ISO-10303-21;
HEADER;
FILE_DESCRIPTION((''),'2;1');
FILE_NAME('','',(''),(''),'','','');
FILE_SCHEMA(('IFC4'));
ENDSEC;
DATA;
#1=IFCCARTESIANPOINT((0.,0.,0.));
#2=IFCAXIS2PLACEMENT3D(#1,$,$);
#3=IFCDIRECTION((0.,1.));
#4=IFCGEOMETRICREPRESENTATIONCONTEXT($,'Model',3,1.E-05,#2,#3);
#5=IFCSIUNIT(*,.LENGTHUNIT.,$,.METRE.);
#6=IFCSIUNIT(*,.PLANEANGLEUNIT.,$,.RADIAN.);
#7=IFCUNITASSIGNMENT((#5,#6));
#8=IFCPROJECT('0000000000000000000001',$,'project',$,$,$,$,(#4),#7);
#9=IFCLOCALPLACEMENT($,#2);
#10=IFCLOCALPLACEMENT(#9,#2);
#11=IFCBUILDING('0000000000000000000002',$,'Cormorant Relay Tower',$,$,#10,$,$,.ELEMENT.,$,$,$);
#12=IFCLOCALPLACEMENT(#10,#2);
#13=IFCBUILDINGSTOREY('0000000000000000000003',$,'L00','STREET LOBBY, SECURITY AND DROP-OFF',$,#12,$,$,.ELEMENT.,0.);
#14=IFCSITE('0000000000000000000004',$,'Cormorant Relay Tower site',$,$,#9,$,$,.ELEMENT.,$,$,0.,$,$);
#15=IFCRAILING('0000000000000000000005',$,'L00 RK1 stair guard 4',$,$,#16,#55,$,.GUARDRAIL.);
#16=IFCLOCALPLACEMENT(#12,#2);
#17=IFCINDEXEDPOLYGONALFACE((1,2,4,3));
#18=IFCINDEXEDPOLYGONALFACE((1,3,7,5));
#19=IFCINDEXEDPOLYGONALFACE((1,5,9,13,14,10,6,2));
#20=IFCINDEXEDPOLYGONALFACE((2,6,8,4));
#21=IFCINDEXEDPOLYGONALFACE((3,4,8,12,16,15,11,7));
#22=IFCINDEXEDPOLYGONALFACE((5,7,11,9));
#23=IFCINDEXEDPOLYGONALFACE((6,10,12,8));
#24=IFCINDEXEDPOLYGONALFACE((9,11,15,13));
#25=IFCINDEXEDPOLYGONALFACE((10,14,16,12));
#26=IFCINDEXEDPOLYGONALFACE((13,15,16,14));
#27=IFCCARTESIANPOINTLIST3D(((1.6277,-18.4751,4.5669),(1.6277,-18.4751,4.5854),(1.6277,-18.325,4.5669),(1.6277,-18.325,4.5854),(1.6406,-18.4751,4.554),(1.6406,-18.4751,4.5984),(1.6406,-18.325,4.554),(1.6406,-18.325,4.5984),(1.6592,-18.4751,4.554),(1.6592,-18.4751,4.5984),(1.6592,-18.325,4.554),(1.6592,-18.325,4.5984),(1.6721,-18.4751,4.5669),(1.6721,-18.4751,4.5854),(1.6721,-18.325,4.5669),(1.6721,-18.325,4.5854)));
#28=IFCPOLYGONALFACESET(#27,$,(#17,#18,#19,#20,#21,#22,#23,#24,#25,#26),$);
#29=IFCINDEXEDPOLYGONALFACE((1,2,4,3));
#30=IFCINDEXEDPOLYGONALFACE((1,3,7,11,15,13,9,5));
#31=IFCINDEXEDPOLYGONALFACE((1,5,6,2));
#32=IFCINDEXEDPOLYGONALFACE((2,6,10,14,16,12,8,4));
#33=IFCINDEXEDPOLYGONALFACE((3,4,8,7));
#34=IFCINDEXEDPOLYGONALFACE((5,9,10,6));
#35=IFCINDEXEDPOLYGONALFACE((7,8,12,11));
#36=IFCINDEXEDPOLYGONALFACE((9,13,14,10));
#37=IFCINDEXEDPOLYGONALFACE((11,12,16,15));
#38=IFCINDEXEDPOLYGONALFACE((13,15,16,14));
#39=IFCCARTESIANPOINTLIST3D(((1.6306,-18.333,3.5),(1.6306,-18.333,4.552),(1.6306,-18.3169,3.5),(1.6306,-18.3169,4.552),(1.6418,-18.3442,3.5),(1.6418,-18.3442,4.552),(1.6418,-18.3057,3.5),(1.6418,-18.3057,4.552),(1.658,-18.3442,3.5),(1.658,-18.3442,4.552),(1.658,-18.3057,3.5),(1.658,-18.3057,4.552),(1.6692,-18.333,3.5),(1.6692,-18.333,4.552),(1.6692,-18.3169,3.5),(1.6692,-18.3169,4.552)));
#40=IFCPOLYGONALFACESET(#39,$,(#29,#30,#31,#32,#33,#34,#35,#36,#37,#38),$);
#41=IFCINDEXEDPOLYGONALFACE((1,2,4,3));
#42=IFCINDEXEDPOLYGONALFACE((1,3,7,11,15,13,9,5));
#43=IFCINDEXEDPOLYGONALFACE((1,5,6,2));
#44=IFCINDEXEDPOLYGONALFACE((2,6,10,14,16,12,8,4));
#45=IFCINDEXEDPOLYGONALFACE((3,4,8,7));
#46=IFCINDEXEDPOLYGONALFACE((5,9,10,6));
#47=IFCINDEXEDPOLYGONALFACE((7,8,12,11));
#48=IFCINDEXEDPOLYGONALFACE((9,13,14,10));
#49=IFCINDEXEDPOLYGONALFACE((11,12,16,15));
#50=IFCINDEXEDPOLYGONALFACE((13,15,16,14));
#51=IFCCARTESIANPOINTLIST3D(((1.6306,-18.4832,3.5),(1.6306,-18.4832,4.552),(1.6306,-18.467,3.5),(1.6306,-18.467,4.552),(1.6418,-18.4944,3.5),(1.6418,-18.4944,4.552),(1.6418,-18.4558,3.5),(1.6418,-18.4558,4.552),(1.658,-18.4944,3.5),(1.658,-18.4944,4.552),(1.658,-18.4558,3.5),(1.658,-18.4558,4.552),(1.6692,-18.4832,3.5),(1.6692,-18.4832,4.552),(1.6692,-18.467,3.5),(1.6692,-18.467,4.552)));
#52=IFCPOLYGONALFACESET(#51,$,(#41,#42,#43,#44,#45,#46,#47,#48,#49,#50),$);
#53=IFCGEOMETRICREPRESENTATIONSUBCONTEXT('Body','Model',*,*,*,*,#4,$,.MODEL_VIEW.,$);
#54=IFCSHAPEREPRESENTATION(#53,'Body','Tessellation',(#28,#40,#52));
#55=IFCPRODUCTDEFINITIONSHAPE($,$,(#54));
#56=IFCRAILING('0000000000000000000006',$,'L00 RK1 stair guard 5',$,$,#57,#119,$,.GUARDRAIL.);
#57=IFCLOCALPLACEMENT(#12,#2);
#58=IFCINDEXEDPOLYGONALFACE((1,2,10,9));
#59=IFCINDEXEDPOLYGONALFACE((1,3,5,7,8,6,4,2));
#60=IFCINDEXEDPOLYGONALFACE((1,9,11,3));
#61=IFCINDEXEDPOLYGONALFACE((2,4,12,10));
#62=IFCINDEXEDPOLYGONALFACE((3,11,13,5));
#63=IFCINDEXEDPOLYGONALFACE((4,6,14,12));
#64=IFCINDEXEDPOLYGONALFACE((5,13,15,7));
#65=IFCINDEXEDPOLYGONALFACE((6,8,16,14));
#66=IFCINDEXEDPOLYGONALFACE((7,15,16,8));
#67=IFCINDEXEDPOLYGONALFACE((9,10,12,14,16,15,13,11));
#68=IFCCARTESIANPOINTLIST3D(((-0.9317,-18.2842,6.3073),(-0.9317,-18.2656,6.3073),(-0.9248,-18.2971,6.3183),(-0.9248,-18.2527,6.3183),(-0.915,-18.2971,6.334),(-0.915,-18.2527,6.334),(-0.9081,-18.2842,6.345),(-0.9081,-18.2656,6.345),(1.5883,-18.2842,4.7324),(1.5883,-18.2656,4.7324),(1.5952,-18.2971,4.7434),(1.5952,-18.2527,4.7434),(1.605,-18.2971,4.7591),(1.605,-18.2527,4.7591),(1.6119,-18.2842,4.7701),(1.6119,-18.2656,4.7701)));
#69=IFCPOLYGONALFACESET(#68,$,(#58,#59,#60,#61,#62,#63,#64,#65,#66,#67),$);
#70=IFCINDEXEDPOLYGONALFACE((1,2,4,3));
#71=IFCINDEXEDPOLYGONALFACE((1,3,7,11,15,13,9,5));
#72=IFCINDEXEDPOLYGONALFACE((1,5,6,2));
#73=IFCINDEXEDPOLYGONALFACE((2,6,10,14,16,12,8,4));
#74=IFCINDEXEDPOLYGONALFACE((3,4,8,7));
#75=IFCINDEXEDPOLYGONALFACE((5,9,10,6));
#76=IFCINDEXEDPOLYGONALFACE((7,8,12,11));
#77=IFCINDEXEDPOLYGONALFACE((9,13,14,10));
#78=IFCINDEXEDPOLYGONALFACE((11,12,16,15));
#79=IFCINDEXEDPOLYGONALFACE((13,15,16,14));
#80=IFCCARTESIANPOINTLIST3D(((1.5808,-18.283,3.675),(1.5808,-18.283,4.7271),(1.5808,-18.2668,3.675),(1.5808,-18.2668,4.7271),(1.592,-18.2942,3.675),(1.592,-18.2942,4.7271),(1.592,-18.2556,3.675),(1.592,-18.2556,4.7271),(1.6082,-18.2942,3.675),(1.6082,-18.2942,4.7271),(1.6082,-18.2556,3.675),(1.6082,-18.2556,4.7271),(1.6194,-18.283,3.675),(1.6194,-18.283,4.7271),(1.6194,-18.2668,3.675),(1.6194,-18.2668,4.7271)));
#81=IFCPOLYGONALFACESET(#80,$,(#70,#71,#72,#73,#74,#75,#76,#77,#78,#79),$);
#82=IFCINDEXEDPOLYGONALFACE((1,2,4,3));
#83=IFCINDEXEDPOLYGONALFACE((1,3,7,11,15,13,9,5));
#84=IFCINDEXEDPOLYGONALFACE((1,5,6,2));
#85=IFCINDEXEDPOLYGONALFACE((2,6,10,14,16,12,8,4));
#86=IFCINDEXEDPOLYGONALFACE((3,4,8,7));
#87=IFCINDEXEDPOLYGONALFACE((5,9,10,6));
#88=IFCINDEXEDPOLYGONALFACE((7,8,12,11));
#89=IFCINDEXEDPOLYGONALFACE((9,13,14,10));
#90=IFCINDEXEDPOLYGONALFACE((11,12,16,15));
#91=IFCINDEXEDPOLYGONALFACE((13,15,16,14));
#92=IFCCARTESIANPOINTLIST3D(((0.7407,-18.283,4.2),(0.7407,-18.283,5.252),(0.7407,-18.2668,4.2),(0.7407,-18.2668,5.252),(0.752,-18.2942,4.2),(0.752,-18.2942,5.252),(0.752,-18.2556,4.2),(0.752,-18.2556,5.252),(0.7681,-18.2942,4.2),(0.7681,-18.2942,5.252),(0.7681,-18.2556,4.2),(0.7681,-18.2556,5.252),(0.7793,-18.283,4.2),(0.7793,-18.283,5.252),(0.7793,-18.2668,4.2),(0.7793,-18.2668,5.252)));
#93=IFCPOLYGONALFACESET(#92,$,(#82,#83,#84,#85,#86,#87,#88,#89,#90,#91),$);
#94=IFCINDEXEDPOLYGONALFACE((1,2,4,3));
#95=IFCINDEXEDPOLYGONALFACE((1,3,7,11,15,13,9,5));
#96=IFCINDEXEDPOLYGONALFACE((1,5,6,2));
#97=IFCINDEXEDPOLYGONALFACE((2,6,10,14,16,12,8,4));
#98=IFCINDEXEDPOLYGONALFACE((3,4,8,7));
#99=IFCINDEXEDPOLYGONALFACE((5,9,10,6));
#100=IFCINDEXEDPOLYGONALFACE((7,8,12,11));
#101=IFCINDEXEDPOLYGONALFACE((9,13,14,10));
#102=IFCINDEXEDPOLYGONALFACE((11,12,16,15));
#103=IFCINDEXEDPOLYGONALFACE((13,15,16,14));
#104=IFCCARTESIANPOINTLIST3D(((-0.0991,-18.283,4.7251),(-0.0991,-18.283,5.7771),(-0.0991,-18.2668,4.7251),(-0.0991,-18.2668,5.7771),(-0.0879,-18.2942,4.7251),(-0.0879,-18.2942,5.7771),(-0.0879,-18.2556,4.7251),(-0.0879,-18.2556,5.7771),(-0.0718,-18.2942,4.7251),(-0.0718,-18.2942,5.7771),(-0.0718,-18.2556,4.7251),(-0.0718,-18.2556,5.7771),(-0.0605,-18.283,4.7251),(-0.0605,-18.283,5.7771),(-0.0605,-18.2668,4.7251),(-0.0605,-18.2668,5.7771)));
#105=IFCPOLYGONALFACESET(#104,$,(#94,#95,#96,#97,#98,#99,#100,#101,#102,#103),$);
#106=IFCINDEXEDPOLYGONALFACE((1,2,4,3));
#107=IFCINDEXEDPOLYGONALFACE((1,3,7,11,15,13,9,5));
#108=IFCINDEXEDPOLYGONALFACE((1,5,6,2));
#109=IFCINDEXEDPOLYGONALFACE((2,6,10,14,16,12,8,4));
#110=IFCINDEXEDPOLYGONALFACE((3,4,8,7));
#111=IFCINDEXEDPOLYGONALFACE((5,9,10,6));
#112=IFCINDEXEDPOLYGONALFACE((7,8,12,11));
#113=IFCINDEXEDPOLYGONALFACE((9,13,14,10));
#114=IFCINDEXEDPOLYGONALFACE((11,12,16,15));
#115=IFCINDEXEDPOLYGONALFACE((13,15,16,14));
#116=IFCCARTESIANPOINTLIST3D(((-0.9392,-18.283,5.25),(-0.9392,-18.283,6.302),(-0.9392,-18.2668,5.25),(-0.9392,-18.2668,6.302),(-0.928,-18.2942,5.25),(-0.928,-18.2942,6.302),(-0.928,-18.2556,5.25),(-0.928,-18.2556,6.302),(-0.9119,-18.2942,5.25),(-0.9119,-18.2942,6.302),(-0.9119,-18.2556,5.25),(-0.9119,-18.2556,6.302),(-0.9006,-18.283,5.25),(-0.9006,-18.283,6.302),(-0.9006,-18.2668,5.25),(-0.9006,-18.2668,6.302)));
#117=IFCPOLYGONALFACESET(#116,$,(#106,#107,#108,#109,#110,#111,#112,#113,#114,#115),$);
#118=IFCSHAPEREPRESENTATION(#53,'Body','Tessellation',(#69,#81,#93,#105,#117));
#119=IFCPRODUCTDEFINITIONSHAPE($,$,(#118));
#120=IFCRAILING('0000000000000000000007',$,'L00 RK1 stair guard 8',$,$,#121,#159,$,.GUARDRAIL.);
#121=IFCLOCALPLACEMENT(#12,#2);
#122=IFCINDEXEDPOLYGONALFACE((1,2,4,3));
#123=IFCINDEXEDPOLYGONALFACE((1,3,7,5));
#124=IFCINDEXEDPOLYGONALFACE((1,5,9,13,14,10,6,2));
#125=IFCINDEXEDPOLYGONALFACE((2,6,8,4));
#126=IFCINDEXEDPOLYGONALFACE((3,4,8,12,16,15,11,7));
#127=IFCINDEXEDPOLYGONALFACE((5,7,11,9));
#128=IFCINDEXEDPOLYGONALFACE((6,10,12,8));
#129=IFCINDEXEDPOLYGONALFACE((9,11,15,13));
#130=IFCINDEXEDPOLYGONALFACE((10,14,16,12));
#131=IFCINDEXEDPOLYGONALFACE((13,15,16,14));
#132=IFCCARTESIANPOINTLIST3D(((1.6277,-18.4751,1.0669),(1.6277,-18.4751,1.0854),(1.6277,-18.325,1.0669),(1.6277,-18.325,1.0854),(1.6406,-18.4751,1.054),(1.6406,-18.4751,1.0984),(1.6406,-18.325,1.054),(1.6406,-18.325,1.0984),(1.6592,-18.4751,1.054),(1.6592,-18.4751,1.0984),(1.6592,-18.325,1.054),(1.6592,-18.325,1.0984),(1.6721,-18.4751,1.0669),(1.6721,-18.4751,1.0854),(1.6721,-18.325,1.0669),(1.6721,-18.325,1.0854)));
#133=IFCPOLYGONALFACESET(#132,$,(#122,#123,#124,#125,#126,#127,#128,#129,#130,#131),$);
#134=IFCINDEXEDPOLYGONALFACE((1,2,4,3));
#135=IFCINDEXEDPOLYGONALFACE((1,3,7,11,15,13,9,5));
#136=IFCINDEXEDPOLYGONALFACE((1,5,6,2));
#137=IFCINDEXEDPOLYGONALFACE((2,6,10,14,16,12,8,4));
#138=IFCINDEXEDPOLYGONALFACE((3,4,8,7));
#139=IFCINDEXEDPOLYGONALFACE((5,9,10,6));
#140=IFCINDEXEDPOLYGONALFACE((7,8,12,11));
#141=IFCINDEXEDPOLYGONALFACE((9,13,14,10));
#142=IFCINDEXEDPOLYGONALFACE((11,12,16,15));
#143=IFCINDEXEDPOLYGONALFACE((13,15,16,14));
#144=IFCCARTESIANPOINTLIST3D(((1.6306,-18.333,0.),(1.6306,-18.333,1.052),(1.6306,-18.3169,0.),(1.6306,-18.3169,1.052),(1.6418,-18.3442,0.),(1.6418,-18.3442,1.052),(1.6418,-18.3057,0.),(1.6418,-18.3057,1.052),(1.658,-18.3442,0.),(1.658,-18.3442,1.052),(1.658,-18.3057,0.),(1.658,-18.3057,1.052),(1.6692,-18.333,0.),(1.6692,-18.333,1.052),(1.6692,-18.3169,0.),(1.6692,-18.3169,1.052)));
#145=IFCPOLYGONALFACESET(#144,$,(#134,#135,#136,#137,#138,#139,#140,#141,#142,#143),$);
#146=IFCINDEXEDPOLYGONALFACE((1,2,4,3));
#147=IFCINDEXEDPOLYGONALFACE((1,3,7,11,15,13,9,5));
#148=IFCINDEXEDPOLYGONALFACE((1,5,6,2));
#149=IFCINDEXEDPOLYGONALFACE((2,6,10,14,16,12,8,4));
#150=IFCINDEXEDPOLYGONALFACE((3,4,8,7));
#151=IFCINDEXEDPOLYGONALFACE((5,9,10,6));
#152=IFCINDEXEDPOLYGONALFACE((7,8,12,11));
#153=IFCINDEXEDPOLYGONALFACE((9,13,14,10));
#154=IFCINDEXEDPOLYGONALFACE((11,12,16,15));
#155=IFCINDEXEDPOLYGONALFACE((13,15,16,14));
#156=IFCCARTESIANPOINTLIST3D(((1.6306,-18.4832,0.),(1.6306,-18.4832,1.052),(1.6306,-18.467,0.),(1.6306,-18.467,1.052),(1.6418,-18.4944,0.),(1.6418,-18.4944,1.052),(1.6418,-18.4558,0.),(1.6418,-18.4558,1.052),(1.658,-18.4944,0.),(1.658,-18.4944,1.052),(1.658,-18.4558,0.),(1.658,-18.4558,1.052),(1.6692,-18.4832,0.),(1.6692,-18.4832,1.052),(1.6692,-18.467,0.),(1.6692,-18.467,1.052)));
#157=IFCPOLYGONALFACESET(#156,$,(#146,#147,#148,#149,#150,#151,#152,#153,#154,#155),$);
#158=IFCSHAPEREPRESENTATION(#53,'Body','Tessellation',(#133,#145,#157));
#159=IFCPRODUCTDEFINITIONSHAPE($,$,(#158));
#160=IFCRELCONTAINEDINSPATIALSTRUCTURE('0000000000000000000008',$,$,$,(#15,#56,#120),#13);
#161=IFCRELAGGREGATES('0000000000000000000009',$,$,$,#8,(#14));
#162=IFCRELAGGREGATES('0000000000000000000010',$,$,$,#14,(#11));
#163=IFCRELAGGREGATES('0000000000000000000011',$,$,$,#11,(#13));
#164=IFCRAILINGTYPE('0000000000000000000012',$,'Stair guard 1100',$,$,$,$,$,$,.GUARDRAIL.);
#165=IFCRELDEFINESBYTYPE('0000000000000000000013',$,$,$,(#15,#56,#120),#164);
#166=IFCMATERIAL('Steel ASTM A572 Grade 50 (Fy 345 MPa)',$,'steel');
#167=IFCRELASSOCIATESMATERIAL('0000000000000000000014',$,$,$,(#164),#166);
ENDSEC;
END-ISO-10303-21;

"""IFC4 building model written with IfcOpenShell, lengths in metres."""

from ifc_helpers import new_model, si_unit, direction, frame, origin, place, context, subcontext, project, spatial, polyline, outline, extrude, material, type_object, element, save


model = new_model("IFC4")

# Units and contexts
model_context = context("Model", 3, precision=1e-05, world=origin(), true_north=direction((0.0, 1.0)))
body_context = subcontext(model_context, "Body", "Model", "MODEL_VIEW")
ifc_project = project(units=[si_unit("LENGTHUNIT", "METRE"), si_unit("PLANEANGLEUNIT", "RADIAN")], contexts=[model_context])

# Site, building, storey
site_placement = place(None, origin())
site = spatial("IfcSite", under=ifc_project, at=site_placement, Name="Cormorant Relay Tower site", CompositionType="ELEMENT", RefElevation=0.0)
building_placement = place(site_placement, origin())
building = spatial("IfcBuilding", under=site, at=building_placement, Name="Cormorant Relay Tower", CompositionType="ELEMENT")
storey_placement = place(building_placement, origin())
storey = spatial("IfcBuildingStorey", under=building, at=storey_placement, Name="L00", Description="STREET LOBBY, SECURITY AND DROP-OFF", CompositionType="ELEMENT", Elevation=0.0)

# Railings
ifc_material_1 = material(Name="Steel ASTM A572 Grade 50 (Fy 345 MPa)", Category="steel")
railing_type_1 = type_object("IfcRailingType", Name="Stair guard 1100", PredefinedType="GUARDRAIL", material=ifc_material_1)
railing_1_placement = place(storey_placement, frame((1.6499, -18.325, 3.5)))
element("IfcRailing", 1, at=railing_1_placement, inside=storey, type_object=railing_type_1, Name="L00 RK1 stair guard 4", PredefinedType="GUARDRAIL", context=body_context, shape_type="SweptSolid", body=[
    extrude(outline(polyline([(0.0222, 0.0093), (0.0093, 0.0222), (-0.0093, 0.0222), (-0.0222, 0.0093), (-0.0222, -0.0093), (-0.0093, -0.0222), (0.0093, -0.0222), (0.0222, -0.0093), (0.0222, 0.0093)])), frame((0.0, 0.0, 1.0762), z_axis=(0.0, -1.0, 0.0), x_axis=(1.0, 0.0, 0.0)), (0.0, 0.0, 1.0), 0.1501),
    extrude(outline(polyline([(0.0193, 0.0081), (0.0081, 0.0193), (-0.0081, 0.0193), (-0.0193, 0.0081), (-0.0193, -0.0081), (-0.0081, -0.0193), (0.0081, -0.0193), (0.0193, -0.0081), (0.0193, 0.0081)])), origin(), (0.0, 0.0, 1.0), 1.052),
    extrude(outline(polyline([(0.0193, 0.0081), (0.0081, 0.0193), (-0.0081, 0.0193), (-0.0193, 0.0081), (-0.0193, -0.0081), (-0.0081, -0.0193), (0.0081, -0.0193), (0.0193, -0.0081), (0.0193, 0.0081)])), frame((0.0, -0.1501, 0.0)), (0.0, 0.0, 1.0), 1.052),
])
railing_2_placement = place(storey_placement, frame((1.6001, -18.2749, 3.675)))
element("IfcRailing", 2, at=railing_2_placement, inside=storey, type_object=railing_type_1, Name="L00 RK1 stair guard 5", PredefinedType="GUARDRAIL", context=body_context, shape_type="SweptSolid", body=[
    extrude(outline(polyline([(0.0222, 0.0093), (0.0093, 0.0222), (-0.0093, 0.0222), (-0.0222, 0.0093), (-0.0222, -0.0093), (-0.0093, -0.0222), (0.0093, -0.0222), (0.0222, -0.0093), (0.0222, 0.0093)])), frame((0.0, 0.0, 1.0762), z_axis=(-0.848008, 0.0, 0.529984), x_axis=(0.0, -1.0, 0.0)), (0.0, 0.0, 1.0), 2.9717),
    extrude(outline(polyline([(0.0193, 0.0081), (0.0081, 0.0193), (-0.0081, 0.0193), (-0.0193, 0.0081), (-0.0193, -0.0081), (-0.0081, -0.0193), (0.0081, -0.0193), (0.0193, -0.0081), (0.0193, 0.0081)])), origin(), (0.0, 0.0, 1.0), 1.052),
    extrude(outline(polyline([(0.0193, 0.0081), (0.0081, 0.0193), (-0.0081, 0.0193), (-0.0193, 0.0081), (-0.0193, -0.0081), (-0.0081, -0.0193), (0.0081, -0.0193), (0.0193, -0.0081), (0.0193, 0.0081)])), frame((-0.8401, 0.0, 0.5249)), (0.0, 0.0, 1.0), 1.052),
    extrude(outline(polyline([(0.0193, 0.0081), (0.0081, 0.0193), (-0.0081, 0.0193), (-0.0193, 0.0081), (-0.0193, -0.0081), (-0.0081, -0.0193), (0.0081, -0.0193), (0.0193, -0.0081), (0.0193, 0.0081)])), frame((-1.6799, 0.0, 1.05)), (0.0, 0.0, 1.0), 1.052),
    extrude(outline(polyline([(0.0193, 0.0081), (0.0081, 0.0193), (-0.0081, 0.0193), (-0.0193, 0.0081), (-0.0193, -0.0081), (-0.0081, -0.0193), (0.0081, -0.0193), (0.0193, -0.0081), (0.0193, 0.0081)])), frame((-2.52, 0.0, 1.575)), (0.0, 0.0, 1.0), 1.052),
])
railing_3_placement = place(storey_placement, frame((1.6499, -18.325, 0.0)))
element("IfcRailing", 3, at=railing_3_placement, inside=storey, type_object=railing_type_1, Name="L00 RK1 stair guard 8", PredefinedType="GUARDRAIL", context=body_context, shape_type="SweptSolid", body=[
    extrude(outline(polyline([(0.0222, 0.0093), (0.0093, 0.0222), (-0.0093, 0.0222), (-0.0222, 0.0093), (-0.0222, -0.0093), (-0.0093, -0.0222), (0.0093, -0.0222), (0.0222, -0.0093), (0.0222, 0.0093)])), frame((0.0, 0.0, 1.0762), z_axis=(0.0, -1.0, 0.0), x_axis=(1.0, 0.0, 0.0)), (0.0, 0.0, 1.0), 0.1501),
    extrude(outline(polyline([(0.0193, 0.0081), (0.0081, 0.0193), (-0.0081, 0.0193), (-0.0193, 0.0081), (-0.0193, -0.0081), (-0.0081, -0.0193), (0.0081, -0.0193), (0.0193, -0.0081), (0.0193, 0.0081)])), origin(), (0.0, 0.0, 1.0), 1.052),
    extrude(outline(polyline([(0.0193, 0.0081), (0.0081, 0.0193), (-0.0081, 0.0193), (-0.0193, 0.0081), (-0.0193, -0.0081), (-0.0081, -0.0193), (0.0081, -0.0193), (0.0193, -0.0081), (0.0193, 0.0081)])), frame((0.0, -0.1501, 0.0)), (0.0, 0.0, 1.0), 1.052),
])

save(model, "model.ifc")
